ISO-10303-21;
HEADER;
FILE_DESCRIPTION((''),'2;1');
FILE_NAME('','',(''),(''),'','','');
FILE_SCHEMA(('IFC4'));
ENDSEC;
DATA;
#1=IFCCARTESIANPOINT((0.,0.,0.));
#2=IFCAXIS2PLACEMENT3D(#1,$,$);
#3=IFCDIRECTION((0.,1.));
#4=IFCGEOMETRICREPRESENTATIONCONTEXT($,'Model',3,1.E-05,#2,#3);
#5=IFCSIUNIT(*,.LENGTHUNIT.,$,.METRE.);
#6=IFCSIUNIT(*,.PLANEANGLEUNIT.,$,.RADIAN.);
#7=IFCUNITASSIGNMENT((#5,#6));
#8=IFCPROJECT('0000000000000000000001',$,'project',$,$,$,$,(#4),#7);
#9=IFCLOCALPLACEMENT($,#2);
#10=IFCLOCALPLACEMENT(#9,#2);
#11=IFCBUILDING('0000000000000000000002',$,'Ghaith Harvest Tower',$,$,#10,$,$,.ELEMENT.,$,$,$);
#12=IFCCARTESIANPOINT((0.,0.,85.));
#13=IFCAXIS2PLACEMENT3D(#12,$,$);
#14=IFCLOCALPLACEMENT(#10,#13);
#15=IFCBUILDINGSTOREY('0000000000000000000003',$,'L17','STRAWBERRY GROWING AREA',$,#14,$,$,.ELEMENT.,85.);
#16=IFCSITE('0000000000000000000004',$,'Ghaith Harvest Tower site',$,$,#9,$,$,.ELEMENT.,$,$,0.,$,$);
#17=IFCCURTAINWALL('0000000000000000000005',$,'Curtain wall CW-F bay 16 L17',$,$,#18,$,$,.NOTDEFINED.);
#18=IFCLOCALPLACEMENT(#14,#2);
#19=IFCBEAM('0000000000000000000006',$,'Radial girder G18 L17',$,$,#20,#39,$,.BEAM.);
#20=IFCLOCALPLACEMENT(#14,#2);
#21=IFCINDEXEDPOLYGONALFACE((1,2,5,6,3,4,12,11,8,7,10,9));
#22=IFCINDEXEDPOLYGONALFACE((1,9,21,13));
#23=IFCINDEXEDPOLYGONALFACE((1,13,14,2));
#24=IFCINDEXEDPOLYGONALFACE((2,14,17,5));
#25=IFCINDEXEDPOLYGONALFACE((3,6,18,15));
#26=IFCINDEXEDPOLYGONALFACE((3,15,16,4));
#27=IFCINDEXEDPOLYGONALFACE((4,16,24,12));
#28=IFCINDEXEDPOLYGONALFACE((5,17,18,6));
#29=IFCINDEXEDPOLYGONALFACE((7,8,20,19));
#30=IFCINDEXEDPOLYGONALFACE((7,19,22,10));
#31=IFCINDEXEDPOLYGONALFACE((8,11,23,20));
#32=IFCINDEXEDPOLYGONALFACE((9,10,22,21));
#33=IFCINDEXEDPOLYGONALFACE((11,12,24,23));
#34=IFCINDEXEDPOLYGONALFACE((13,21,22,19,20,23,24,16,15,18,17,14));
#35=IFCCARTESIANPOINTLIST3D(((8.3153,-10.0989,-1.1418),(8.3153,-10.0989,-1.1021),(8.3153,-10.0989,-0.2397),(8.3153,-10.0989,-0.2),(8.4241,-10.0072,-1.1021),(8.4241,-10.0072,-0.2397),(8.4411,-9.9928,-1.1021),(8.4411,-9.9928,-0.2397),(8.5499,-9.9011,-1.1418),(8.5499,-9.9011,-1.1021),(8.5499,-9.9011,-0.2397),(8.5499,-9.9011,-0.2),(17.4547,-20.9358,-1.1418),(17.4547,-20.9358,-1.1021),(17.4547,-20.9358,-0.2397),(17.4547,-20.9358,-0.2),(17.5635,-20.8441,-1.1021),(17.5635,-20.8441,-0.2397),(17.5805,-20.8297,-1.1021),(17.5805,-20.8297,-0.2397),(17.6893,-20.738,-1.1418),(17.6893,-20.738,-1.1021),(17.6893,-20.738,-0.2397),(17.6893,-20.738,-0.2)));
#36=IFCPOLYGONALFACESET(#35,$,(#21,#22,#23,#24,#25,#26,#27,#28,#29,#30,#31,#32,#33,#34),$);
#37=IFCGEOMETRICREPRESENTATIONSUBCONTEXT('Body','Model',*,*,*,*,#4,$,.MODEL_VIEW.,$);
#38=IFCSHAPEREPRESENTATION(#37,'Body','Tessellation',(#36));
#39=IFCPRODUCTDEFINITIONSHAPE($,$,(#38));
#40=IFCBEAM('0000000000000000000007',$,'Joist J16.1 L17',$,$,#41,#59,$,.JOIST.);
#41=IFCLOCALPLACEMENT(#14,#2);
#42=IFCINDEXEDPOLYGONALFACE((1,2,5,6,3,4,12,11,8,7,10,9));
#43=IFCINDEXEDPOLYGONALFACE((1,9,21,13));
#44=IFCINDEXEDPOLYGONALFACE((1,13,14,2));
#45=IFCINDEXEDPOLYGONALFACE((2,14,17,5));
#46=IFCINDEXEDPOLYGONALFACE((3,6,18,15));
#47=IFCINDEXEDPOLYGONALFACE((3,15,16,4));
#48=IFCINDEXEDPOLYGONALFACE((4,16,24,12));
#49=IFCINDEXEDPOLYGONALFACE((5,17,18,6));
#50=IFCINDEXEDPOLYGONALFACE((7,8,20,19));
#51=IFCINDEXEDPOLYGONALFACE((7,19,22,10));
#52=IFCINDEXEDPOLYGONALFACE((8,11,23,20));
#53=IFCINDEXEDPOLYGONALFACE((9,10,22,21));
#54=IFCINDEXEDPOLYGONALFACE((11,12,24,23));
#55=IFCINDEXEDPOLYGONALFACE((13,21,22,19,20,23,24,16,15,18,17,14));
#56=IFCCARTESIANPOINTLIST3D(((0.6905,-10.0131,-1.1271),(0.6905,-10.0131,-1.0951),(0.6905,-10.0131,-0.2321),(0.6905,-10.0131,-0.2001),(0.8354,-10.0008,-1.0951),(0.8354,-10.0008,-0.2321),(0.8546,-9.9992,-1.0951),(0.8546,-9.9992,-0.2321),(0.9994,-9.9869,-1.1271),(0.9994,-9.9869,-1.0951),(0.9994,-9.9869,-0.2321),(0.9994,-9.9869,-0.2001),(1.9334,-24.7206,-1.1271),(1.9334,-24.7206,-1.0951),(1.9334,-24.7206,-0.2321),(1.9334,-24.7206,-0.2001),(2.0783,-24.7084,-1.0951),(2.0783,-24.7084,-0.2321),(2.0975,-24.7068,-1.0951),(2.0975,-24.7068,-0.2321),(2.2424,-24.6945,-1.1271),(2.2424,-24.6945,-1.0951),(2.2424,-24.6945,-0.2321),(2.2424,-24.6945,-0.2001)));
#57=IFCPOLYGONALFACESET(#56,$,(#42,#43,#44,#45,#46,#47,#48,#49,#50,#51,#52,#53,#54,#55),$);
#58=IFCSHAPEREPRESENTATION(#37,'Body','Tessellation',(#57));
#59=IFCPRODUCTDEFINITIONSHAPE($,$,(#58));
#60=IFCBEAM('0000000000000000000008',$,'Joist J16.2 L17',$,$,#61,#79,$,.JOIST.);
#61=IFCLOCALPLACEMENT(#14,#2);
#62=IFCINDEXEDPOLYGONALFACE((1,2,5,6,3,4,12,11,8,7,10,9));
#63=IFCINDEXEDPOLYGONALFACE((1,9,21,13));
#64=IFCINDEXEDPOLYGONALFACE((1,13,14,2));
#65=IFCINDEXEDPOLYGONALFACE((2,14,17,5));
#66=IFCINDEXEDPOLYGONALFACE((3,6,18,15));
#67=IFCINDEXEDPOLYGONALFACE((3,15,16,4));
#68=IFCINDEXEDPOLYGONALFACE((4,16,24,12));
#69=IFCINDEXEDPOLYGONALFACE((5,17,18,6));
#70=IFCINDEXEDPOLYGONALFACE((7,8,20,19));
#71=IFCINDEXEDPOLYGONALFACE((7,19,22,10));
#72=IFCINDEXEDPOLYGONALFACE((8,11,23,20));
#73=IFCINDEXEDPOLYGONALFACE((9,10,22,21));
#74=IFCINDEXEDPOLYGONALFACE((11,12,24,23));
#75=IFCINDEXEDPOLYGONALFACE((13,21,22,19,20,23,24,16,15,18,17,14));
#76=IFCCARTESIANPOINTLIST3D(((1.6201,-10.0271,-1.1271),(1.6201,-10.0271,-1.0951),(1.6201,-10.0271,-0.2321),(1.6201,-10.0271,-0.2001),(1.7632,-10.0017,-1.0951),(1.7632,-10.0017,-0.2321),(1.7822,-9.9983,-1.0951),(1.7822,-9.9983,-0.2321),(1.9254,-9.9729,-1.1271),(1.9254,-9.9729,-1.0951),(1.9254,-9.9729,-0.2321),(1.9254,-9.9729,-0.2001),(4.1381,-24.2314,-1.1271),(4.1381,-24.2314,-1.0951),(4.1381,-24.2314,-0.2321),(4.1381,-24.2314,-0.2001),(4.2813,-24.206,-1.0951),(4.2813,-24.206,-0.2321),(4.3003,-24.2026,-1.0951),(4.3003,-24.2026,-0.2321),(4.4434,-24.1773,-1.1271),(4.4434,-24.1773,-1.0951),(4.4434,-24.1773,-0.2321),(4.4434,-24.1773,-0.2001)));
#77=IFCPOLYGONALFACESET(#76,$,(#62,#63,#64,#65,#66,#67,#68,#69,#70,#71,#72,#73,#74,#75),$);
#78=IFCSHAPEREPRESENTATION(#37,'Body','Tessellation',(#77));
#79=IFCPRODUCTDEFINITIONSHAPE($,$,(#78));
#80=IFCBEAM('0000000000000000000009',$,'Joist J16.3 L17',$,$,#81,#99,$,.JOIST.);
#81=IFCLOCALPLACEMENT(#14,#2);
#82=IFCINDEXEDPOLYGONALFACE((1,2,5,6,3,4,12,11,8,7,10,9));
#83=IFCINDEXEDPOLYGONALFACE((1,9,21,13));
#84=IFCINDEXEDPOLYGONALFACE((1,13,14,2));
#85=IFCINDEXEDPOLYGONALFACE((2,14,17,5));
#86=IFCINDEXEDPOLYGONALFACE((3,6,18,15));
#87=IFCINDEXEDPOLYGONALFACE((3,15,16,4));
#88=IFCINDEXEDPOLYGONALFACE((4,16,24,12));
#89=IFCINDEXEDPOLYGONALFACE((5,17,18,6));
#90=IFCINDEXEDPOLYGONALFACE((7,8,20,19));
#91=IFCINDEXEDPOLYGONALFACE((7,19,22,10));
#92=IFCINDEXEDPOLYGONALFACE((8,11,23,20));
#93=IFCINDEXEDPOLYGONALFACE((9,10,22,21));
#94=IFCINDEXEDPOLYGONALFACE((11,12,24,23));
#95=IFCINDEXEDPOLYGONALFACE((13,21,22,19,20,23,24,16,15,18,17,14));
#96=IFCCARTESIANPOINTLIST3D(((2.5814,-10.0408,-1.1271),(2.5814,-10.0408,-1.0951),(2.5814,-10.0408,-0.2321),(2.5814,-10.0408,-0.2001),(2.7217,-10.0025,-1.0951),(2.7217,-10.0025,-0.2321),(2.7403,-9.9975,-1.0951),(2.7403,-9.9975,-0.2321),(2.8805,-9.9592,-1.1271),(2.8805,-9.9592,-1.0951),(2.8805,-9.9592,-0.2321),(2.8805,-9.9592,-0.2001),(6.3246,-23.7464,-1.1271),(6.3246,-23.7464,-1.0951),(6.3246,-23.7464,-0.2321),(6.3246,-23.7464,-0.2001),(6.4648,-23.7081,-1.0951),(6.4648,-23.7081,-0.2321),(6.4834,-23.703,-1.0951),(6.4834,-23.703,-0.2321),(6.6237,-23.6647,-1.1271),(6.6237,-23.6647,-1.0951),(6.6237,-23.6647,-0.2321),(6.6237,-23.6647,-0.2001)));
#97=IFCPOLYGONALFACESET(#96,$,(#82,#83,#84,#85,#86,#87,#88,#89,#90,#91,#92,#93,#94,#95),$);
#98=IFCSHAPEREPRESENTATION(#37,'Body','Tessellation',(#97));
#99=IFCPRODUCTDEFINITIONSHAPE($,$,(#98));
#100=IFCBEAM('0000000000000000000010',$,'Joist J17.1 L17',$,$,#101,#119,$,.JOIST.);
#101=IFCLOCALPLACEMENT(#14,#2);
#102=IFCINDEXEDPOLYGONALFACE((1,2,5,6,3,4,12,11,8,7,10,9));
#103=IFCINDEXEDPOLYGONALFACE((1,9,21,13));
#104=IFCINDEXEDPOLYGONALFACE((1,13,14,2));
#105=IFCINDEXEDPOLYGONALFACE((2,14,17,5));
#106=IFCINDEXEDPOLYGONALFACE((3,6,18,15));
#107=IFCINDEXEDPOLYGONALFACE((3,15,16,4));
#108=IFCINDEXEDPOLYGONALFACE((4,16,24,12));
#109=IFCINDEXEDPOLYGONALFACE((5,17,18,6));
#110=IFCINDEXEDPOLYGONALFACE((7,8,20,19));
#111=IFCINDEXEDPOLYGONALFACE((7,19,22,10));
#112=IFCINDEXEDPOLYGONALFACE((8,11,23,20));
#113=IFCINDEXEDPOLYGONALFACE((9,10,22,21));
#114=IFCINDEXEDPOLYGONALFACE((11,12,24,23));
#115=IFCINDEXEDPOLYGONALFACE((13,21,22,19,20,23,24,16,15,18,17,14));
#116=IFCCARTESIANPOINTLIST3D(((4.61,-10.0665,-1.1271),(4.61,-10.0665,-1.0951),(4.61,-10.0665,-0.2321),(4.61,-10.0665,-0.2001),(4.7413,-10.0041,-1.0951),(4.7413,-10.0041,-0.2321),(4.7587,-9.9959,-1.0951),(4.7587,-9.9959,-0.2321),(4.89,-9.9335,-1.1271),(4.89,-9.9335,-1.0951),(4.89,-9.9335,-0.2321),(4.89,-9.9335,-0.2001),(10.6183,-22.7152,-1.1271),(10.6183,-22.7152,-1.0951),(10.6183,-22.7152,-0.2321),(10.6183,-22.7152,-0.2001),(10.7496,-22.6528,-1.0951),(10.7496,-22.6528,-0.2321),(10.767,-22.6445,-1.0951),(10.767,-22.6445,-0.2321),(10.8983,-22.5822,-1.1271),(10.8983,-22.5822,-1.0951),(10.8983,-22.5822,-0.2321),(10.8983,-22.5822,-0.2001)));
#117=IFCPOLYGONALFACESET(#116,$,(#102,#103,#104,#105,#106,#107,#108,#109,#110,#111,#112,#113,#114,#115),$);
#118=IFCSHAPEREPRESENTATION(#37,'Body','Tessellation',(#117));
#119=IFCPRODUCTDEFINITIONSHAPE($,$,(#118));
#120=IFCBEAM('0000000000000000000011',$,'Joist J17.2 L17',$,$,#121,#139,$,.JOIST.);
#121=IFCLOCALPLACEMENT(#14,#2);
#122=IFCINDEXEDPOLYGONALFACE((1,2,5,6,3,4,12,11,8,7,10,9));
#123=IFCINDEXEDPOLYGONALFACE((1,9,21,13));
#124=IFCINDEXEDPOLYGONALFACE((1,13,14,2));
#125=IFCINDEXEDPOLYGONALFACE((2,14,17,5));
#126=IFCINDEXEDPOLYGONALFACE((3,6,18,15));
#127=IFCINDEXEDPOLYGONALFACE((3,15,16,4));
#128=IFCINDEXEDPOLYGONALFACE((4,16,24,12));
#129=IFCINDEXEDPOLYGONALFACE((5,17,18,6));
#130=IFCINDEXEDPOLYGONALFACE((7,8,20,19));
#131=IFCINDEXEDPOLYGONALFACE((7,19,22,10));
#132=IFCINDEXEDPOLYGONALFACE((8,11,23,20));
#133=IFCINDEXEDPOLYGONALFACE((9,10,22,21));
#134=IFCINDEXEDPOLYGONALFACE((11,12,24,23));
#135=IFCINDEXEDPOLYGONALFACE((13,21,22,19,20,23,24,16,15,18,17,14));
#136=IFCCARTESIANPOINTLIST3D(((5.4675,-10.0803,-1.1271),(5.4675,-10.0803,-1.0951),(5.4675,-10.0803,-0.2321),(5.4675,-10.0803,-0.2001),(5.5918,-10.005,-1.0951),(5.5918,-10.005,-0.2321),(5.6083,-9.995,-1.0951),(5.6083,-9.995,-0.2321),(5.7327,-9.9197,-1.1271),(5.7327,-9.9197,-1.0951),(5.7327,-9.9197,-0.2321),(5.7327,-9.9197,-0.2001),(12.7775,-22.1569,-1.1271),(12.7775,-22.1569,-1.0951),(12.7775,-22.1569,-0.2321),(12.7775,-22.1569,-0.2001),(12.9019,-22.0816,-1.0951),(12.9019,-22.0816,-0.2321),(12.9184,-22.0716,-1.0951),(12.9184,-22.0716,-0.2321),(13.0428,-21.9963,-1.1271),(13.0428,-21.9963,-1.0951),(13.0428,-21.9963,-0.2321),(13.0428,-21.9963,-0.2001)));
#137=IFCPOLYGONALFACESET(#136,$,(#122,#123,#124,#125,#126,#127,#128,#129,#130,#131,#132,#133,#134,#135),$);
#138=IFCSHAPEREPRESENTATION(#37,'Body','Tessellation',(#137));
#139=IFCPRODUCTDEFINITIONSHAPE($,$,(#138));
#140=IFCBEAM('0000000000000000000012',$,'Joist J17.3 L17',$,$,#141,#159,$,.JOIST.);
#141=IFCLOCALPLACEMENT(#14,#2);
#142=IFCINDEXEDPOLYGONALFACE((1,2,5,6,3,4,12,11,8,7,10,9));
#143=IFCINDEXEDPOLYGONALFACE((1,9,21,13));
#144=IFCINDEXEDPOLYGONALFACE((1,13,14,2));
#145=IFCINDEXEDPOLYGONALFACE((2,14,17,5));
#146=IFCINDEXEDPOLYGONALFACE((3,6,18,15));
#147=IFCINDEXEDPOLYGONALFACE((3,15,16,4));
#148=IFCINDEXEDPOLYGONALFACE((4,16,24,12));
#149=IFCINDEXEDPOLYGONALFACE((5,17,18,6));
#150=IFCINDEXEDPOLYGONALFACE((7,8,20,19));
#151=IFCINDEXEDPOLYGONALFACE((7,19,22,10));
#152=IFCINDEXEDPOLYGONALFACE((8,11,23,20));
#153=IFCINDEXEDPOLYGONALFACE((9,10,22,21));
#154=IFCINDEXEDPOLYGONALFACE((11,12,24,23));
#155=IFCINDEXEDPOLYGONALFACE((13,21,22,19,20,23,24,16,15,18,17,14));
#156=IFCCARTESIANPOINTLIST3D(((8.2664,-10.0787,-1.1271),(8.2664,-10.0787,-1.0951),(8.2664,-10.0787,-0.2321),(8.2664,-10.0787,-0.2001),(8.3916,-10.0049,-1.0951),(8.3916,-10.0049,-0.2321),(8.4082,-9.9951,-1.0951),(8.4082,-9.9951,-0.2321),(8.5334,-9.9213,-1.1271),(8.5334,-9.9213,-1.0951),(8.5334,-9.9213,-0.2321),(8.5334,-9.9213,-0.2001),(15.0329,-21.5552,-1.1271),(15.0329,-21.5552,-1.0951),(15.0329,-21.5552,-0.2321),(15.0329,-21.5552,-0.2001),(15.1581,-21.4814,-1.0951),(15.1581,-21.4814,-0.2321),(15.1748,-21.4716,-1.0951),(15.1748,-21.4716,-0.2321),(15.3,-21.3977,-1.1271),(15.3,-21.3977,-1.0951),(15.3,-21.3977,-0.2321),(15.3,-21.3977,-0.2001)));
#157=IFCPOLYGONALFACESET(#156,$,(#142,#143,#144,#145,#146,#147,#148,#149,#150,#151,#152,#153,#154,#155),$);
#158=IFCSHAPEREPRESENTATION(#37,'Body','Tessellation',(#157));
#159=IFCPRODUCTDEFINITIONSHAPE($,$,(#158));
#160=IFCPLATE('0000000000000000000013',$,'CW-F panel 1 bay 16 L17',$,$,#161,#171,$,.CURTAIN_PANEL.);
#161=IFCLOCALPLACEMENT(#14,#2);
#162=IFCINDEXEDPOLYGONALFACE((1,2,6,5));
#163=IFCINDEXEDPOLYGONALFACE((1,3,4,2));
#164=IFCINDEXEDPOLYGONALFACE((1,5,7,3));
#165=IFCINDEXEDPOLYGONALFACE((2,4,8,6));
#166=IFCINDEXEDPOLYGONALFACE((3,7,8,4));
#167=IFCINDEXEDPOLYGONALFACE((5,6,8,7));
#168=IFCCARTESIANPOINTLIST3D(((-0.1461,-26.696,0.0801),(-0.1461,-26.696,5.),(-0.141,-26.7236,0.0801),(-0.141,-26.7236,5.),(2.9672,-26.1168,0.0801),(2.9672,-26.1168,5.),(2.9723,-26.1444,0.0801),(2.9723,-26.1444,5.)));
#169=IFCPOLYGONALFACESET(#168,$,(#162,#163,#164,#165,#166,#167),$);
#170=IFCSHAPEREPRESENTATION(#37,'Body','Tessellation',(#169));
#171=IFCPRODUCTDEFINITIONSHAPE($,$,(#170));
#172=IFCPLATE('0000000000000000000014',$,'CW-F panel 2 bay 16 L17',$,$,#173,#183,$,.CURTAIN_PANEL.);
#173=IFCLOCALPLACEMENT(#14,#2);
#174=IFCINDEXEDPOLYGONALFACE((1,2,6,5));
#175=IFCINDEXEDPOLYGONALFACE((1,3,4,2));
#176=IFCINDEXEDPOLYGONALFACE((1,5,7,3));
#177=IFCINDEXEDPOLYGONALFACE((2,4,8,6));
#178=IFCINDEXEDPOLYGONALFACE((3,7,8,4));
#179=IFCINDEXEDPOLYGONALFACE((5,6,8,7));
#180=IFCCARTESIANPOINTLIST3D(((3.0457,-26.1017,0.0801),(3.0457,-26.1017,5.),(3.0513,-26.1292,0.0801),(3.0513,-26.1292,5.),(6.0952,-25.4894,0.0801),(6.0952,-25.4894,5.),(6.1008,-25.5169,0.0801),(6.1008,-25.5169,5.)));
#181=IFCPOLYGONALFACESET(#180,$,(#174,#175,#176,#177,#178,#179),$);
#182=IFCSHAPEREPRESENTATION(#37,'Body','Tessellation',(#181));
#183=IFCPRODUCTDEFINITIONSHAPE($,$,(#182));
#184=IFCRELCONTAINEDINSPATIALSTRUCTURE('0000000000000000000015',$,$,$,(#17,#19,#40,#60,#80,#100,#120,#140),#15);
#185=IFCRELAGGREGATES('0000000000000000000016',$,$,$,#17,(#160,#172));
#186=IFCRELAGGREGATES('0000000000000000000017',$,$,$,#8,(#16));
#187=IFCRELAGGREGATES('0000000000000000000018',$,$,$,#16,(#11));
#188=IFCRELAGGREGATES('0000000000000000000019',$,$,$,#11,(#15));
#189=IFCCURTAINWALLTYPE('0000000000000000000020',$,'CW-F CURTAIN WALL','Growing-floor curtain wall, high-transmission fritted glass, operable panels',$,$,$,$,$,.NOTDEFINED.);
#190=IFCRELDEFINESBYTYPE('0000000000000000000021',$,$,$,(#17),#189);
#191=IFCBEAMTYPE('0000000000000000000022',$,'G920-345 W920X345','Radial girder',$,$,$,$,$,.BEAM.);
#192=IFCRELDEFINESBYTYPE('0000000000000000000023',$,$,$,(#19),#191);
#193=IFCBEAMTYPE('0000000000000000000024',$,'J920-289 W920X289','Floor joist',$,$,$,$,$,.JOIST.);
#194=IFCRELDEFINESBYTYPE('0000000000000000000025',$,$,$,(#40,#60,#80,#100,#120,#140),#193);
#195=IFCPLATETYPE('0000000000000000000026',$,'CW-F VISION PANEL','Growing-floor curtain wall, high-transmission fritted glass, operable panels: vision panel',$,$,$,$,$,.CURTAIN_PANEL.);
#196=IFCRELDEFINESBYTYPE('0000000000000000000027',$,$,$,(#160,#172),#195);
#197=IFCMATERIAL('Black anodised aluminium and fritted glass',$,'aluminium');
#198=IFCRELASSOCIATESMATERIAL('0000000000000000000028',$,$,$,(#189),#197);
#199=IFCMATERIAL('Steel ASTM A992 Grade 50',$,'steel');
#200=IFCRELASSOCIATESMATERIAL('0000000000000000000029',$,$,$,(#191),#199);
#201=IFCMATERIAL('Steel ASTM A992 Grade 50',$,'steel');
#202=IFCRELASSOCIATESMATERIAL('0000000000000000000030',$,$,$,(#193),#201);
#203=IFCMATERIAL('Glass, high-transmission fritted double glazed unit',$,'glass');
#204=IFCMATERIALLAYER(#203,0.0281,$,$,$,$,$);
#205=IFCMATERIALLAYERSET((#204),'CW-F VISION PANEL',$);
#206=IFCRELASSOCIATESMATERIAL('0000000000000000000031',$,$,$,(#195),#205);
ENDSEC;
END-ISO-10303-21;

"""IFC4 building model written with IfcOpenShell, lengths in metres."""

from ifc_helpers import new_model, si_unit, direction, frame, origin, origin_2d, place, context, subcontext, project, spatial, rectangle, i_section, extrude, material, layer, layer_set, material_profile, profile_set, type_object, element, aggregate, save


model = new_model("IFC4")

# Units and contexts
model_context = context("Model", 3, precision=1e-05, world=origin(), true_north=direction((0.0, 1.0)))
body_context = subcontext(model_context, "Body", "Model", "MODEL_VIEW")
ifc_project = project(units=[si_unit("LENGTHUNIT", "METRE"), si_unit("PLANEANGLEUNIT", "RADIAN")], contexts=[model_context])

# Site, building, storey
site_placement = place(None, origin())
site = spatial("IfcSite", under=ifc_project, at=site_placement, Name="Ghaith Harvest Tower site", CompositionType="ELEMENT", RefElevation=0.0)
building_placement = place(site_placement, origin())
building = spatial("IfcBuilding", under=site, at=building_placement, Name="Ghaith Harvest Tower", CompositionType="ELEMENT")
storey_placement = place(building_placement, frame((0.0, 0.0, 85.0)))
storey = spatial("IfcBuildingStorey", under=building, at=storey_placement, Name="L17", Description="STRAWBERRY GROWING AREA", CompositionType="ELEMENT", Elevation=85.0)

# Curtain wall
ifc_material_1 = material(Name="Black anodised aluminium and fritted glass", Category="aluminium")
curtain_wall_type = type_object("IfcCurtainWallType", Name="CW-F CURTAIN WALL", Description="Growing-floor curtain wall, high-transmission fritted glass, operable panels", PredefinedType="NOTDEFINED", material=ifc_material_1)
curtain_wall_1_placement = place(storey_placement, origin())
curtain_wall_1 = element("IfcCurtainWall", 1, at=curtain_wall_1_placement, inside=storey, type_object=curtain_wall_type, Name="Curtain wall CW-F bay 16 L17", PredefinedType="NOTDEFINED")

# Beams
ifc_material_2 = material(Name="Steel ASTM A992 Grade 50", Category="steel")
ifc_material_profile_1 = material_profile(ifc_material_2, i_section(OverallWidth=0.3069, OverallDepth=0.9419, WebThickness=0.0222, FlangeThickness=0.0398, at=origin_2d()), Name="W920X345")
ifc_profile_set_1 = profile_set([ifc_material_profile_1], Name="Steel ASTM A992 Grade 50")
beam_type_1 = type_object("IfcBeamType", Name="G920-345 W920X345", Description="Radial girder", PredefinedType="BEAM", material=ifc_profile_set_1)
beam_1_placement = place(storey_placement, frame((8.4326, -10.0, -0.6709), z_axis=(0.644696, -0.764439, 0.0), x_axis=(0.764439, 0.644696, 0.0)))
element("IfcBeam", 2, at=beam_1_placement, inside=storey, type_object=beam_type_1, Name="Radial girder G18 L17", PredefinedType="BEAM", context=body_context, shape_type="SweptSolid", body=[
    extrude(i_section(OverallWidth=0.3069, OverallDepth=0.9419, WebThickness=0.0222, FlangeThickness=0.0398, at=origin_2d()), origin(), (0.0, 0.0, 1.0), 14.1763),
])
ifc_material_3 = material(Name="Steel ASTM A992 Grade 50", Category="steel")
ifc_material_profile_2 = material_profile(ifc_material_3, i_section(OverallWidth=0.3101, OverallDepth=0.927, WebThickness=0.0193, FlangeThickness=0.032, at=origin_2d()), Name="W920X289")
ifc_profile_set_2 = profile_set([ifc_material_profile_2], Name="Steel ASTM A992 Grade 50")
beam_type_2 = type_object("IfcBeamType", Name="J920-289 W920X289", Description="Floor joist", PredefinedType="JOIST", material=ifc_profile_set_2)
beam_2_placement = place(storey_placement, frame((0.845, -10.0, -0.6636), z_axis=(0.084209, -0.996448, 0.0), x_axis=(0.996448, 0.084209, 0.0)))
element("IfcBeam", 3, at=beam_2_placement, inside=storey, type_object=beam_type_2, Name="Joist J16.1 L17", PredefinedType="JOIST", context=body_context, shape_type="SweptSolid", body=[
    extrude(i_section(OverallWidth=0.3101, OverallDepth=0.927, WebThickness=0.0193, FlangeThickness=0.032, at=origin_2d()), origin(), (0.0, 0.0, 1.0), 14.76),
])
beam_3_placement = place(storey_placement, frame((1.7727, -10.0, -0.6636), z_axis=(0.174553, -0.984648, 0.0), x_axis=(0.984648, 0.174553, 0.0)))
element("IfcBeam", 4, at=beam_3_placement, inside=storey, type_object=beam_type_2, Name="Joist J16.2 L17", PredefinedType="JOIST", context=body_context, shape_type="SweptSolid", body=[
    extrude(i_section(OverallWidth=0.3101, OverallDepth=0.927, WebThickness=0.0193, FlangeThickness=0.032, at=origin_2d()), origin(), (0.0, 0.0, 1.0), 14.4258),
])
beam_4_placement = place(storey_placement, frame((2.731, -10.0, -0.6636), z_axis=(0.263463, -0.964669, 0.0), x_axis=(0.964669, 0.263463, 0.0)))
element("IfcBeam", 5, at=beam_4_placement, inside=storey, type_object=beam_type_2, Name="Joist J16.3 L17", PredefinedType="JOIST", context=body_context, shape_type="SweptSolid", body=[
    extrude(i_section(OverallWidth=0.3101, OverallDepth=0.927, WebThickness=0.0193, FlangeThickness=0.032, at=origin_2d()), origin(), (0.0, 0.0, 1.0), 14.2075),
])
beam_5_placement = place(storey_placement, frame((4.75, -10.0, -0.6636), z_axis=(0.429067, -0.903273, 0.0), x_axis=(0.903273, 0.429067, 0.0)))
element("IfcBeam", 6, at=beam_5_placement, inside=storey, type_object=beam_type_2, Name="Joist J17.1 L17", PredefinedType="JOIST", context=body_context, shape_type="SweptSolid", body=[
    extrude(i_section(OverallWidth=0.3101, OverallDepth=0.927, WebThickness=0.0193, FlangeThickness=0.032, at=origin_2d()), origin(), (0.0, 0.0, 1.0), 14.0032),
])
beam_6_placement = place(storey_placement, frame((5.6001, -10.0, -0.6636), z_axis=(0.517829, -0.855484, 0.0), x_axis=(0.855484, 0.517829, 0.0)))
element("IfcBeam", 7, at=beam_6_placement, inside=storey, type_object=beam_type_2, Name="Joist J17.2 L17", PredefinedType="JOIST", context=body_context, shape_type="SweptSolid", body=[
    extrude(i_section(OverallWidth=0.3101, OverallDepth=0.927, WebThickness=0.0193, FlangeThickness=0.032, at=origin_2d()), origin(), (0.0, 0.0, 1.0), 14.1167),
])
beam_7_placement = place(storey_placement, frame((8.3999, -10.0, -0.6636), z_axis=(0.507894, -0.861419, 0.0), x_axis=(0.861419, 0.507894, 0.0)))
element("IfcBeam", 8, at=beam_7_placement, inside=storey, type_object=beam_type_2, Name="Joist J17.3 L17", PredefinedType="JOIST", context=body_context, shape_type="SweptSolid", body=[
    extrude(i_section(OverallWidth=0.3101, OverallDepth=0.927, WebThickness=0.0193, FlangeThickness=0.032, at=origin_2d()), origin(), (0.0, 0.0, 1.0), 13.3228),
])

# Plates
ifc_material_4 = material(Name="Glass, high-transmission fritted double glazed unit", Category="glass")
ifc_layer_1 = layer(ifc_material_4, 0.0281)
ifc_layer_set_1 = layer_set([ifc_layer_1], Name="CW-F VISION PANEL")
plate_type = type_object("IfcPlateType", Name="CW-F VISION PANEL", Description="Growing-floor curtain wall, high-transmission fritted glass, operable panels: vision panel", PredefinedType="CURTAIN_PANEL", material=ifc_layer_set_1)
plate_1_placement = place(storey_placement, frame((1.4131, -26.4202, 0.0801), z_axis=(0.0, 0.0, 1.0), x_axis=(0.983131, 0.182902, 0.0)))
plate_1 = element("IfcPlate", 9, at=plate_1_placement, type_object=plate_type, Name="CW-F panel 1 bay 16 L17", PredefinedType="CURTAIN_PANEL", context=body_context, shape_type="SweptSolid", body=[
    extrude(rectangle(XDim=3.1667, YDim=0.0281, at=origin_2d()), origin(), (0.0, 0.0, 1.0), 4.9199),
])
plate_2_placement = place(storey_placement, frame((4.5732, -25.8093, 0.0801), z_axis=(0.0, 0.0, 1.0), x_axis=(0.980432, 0.196856, 0.0)))
plate_2 = element("IfcPlate", 10, at=plate_2_placement, type_object=plate_type, Name="CW-F panel 2 bay 16 L17", PredefinedType="CURTAIN_PANEL", context=body_context, shape_type="SweptSolid", body=[
    extrude(rectangle(XDim=3.1104, YDim=0.0281, at=origin_2d()), origin(), (0.0, 0.0, 1.0), 4.9199),
])
aggregate(curtain_wall_1, [plate_1, plate_2])

save(model, "model.ifc")
